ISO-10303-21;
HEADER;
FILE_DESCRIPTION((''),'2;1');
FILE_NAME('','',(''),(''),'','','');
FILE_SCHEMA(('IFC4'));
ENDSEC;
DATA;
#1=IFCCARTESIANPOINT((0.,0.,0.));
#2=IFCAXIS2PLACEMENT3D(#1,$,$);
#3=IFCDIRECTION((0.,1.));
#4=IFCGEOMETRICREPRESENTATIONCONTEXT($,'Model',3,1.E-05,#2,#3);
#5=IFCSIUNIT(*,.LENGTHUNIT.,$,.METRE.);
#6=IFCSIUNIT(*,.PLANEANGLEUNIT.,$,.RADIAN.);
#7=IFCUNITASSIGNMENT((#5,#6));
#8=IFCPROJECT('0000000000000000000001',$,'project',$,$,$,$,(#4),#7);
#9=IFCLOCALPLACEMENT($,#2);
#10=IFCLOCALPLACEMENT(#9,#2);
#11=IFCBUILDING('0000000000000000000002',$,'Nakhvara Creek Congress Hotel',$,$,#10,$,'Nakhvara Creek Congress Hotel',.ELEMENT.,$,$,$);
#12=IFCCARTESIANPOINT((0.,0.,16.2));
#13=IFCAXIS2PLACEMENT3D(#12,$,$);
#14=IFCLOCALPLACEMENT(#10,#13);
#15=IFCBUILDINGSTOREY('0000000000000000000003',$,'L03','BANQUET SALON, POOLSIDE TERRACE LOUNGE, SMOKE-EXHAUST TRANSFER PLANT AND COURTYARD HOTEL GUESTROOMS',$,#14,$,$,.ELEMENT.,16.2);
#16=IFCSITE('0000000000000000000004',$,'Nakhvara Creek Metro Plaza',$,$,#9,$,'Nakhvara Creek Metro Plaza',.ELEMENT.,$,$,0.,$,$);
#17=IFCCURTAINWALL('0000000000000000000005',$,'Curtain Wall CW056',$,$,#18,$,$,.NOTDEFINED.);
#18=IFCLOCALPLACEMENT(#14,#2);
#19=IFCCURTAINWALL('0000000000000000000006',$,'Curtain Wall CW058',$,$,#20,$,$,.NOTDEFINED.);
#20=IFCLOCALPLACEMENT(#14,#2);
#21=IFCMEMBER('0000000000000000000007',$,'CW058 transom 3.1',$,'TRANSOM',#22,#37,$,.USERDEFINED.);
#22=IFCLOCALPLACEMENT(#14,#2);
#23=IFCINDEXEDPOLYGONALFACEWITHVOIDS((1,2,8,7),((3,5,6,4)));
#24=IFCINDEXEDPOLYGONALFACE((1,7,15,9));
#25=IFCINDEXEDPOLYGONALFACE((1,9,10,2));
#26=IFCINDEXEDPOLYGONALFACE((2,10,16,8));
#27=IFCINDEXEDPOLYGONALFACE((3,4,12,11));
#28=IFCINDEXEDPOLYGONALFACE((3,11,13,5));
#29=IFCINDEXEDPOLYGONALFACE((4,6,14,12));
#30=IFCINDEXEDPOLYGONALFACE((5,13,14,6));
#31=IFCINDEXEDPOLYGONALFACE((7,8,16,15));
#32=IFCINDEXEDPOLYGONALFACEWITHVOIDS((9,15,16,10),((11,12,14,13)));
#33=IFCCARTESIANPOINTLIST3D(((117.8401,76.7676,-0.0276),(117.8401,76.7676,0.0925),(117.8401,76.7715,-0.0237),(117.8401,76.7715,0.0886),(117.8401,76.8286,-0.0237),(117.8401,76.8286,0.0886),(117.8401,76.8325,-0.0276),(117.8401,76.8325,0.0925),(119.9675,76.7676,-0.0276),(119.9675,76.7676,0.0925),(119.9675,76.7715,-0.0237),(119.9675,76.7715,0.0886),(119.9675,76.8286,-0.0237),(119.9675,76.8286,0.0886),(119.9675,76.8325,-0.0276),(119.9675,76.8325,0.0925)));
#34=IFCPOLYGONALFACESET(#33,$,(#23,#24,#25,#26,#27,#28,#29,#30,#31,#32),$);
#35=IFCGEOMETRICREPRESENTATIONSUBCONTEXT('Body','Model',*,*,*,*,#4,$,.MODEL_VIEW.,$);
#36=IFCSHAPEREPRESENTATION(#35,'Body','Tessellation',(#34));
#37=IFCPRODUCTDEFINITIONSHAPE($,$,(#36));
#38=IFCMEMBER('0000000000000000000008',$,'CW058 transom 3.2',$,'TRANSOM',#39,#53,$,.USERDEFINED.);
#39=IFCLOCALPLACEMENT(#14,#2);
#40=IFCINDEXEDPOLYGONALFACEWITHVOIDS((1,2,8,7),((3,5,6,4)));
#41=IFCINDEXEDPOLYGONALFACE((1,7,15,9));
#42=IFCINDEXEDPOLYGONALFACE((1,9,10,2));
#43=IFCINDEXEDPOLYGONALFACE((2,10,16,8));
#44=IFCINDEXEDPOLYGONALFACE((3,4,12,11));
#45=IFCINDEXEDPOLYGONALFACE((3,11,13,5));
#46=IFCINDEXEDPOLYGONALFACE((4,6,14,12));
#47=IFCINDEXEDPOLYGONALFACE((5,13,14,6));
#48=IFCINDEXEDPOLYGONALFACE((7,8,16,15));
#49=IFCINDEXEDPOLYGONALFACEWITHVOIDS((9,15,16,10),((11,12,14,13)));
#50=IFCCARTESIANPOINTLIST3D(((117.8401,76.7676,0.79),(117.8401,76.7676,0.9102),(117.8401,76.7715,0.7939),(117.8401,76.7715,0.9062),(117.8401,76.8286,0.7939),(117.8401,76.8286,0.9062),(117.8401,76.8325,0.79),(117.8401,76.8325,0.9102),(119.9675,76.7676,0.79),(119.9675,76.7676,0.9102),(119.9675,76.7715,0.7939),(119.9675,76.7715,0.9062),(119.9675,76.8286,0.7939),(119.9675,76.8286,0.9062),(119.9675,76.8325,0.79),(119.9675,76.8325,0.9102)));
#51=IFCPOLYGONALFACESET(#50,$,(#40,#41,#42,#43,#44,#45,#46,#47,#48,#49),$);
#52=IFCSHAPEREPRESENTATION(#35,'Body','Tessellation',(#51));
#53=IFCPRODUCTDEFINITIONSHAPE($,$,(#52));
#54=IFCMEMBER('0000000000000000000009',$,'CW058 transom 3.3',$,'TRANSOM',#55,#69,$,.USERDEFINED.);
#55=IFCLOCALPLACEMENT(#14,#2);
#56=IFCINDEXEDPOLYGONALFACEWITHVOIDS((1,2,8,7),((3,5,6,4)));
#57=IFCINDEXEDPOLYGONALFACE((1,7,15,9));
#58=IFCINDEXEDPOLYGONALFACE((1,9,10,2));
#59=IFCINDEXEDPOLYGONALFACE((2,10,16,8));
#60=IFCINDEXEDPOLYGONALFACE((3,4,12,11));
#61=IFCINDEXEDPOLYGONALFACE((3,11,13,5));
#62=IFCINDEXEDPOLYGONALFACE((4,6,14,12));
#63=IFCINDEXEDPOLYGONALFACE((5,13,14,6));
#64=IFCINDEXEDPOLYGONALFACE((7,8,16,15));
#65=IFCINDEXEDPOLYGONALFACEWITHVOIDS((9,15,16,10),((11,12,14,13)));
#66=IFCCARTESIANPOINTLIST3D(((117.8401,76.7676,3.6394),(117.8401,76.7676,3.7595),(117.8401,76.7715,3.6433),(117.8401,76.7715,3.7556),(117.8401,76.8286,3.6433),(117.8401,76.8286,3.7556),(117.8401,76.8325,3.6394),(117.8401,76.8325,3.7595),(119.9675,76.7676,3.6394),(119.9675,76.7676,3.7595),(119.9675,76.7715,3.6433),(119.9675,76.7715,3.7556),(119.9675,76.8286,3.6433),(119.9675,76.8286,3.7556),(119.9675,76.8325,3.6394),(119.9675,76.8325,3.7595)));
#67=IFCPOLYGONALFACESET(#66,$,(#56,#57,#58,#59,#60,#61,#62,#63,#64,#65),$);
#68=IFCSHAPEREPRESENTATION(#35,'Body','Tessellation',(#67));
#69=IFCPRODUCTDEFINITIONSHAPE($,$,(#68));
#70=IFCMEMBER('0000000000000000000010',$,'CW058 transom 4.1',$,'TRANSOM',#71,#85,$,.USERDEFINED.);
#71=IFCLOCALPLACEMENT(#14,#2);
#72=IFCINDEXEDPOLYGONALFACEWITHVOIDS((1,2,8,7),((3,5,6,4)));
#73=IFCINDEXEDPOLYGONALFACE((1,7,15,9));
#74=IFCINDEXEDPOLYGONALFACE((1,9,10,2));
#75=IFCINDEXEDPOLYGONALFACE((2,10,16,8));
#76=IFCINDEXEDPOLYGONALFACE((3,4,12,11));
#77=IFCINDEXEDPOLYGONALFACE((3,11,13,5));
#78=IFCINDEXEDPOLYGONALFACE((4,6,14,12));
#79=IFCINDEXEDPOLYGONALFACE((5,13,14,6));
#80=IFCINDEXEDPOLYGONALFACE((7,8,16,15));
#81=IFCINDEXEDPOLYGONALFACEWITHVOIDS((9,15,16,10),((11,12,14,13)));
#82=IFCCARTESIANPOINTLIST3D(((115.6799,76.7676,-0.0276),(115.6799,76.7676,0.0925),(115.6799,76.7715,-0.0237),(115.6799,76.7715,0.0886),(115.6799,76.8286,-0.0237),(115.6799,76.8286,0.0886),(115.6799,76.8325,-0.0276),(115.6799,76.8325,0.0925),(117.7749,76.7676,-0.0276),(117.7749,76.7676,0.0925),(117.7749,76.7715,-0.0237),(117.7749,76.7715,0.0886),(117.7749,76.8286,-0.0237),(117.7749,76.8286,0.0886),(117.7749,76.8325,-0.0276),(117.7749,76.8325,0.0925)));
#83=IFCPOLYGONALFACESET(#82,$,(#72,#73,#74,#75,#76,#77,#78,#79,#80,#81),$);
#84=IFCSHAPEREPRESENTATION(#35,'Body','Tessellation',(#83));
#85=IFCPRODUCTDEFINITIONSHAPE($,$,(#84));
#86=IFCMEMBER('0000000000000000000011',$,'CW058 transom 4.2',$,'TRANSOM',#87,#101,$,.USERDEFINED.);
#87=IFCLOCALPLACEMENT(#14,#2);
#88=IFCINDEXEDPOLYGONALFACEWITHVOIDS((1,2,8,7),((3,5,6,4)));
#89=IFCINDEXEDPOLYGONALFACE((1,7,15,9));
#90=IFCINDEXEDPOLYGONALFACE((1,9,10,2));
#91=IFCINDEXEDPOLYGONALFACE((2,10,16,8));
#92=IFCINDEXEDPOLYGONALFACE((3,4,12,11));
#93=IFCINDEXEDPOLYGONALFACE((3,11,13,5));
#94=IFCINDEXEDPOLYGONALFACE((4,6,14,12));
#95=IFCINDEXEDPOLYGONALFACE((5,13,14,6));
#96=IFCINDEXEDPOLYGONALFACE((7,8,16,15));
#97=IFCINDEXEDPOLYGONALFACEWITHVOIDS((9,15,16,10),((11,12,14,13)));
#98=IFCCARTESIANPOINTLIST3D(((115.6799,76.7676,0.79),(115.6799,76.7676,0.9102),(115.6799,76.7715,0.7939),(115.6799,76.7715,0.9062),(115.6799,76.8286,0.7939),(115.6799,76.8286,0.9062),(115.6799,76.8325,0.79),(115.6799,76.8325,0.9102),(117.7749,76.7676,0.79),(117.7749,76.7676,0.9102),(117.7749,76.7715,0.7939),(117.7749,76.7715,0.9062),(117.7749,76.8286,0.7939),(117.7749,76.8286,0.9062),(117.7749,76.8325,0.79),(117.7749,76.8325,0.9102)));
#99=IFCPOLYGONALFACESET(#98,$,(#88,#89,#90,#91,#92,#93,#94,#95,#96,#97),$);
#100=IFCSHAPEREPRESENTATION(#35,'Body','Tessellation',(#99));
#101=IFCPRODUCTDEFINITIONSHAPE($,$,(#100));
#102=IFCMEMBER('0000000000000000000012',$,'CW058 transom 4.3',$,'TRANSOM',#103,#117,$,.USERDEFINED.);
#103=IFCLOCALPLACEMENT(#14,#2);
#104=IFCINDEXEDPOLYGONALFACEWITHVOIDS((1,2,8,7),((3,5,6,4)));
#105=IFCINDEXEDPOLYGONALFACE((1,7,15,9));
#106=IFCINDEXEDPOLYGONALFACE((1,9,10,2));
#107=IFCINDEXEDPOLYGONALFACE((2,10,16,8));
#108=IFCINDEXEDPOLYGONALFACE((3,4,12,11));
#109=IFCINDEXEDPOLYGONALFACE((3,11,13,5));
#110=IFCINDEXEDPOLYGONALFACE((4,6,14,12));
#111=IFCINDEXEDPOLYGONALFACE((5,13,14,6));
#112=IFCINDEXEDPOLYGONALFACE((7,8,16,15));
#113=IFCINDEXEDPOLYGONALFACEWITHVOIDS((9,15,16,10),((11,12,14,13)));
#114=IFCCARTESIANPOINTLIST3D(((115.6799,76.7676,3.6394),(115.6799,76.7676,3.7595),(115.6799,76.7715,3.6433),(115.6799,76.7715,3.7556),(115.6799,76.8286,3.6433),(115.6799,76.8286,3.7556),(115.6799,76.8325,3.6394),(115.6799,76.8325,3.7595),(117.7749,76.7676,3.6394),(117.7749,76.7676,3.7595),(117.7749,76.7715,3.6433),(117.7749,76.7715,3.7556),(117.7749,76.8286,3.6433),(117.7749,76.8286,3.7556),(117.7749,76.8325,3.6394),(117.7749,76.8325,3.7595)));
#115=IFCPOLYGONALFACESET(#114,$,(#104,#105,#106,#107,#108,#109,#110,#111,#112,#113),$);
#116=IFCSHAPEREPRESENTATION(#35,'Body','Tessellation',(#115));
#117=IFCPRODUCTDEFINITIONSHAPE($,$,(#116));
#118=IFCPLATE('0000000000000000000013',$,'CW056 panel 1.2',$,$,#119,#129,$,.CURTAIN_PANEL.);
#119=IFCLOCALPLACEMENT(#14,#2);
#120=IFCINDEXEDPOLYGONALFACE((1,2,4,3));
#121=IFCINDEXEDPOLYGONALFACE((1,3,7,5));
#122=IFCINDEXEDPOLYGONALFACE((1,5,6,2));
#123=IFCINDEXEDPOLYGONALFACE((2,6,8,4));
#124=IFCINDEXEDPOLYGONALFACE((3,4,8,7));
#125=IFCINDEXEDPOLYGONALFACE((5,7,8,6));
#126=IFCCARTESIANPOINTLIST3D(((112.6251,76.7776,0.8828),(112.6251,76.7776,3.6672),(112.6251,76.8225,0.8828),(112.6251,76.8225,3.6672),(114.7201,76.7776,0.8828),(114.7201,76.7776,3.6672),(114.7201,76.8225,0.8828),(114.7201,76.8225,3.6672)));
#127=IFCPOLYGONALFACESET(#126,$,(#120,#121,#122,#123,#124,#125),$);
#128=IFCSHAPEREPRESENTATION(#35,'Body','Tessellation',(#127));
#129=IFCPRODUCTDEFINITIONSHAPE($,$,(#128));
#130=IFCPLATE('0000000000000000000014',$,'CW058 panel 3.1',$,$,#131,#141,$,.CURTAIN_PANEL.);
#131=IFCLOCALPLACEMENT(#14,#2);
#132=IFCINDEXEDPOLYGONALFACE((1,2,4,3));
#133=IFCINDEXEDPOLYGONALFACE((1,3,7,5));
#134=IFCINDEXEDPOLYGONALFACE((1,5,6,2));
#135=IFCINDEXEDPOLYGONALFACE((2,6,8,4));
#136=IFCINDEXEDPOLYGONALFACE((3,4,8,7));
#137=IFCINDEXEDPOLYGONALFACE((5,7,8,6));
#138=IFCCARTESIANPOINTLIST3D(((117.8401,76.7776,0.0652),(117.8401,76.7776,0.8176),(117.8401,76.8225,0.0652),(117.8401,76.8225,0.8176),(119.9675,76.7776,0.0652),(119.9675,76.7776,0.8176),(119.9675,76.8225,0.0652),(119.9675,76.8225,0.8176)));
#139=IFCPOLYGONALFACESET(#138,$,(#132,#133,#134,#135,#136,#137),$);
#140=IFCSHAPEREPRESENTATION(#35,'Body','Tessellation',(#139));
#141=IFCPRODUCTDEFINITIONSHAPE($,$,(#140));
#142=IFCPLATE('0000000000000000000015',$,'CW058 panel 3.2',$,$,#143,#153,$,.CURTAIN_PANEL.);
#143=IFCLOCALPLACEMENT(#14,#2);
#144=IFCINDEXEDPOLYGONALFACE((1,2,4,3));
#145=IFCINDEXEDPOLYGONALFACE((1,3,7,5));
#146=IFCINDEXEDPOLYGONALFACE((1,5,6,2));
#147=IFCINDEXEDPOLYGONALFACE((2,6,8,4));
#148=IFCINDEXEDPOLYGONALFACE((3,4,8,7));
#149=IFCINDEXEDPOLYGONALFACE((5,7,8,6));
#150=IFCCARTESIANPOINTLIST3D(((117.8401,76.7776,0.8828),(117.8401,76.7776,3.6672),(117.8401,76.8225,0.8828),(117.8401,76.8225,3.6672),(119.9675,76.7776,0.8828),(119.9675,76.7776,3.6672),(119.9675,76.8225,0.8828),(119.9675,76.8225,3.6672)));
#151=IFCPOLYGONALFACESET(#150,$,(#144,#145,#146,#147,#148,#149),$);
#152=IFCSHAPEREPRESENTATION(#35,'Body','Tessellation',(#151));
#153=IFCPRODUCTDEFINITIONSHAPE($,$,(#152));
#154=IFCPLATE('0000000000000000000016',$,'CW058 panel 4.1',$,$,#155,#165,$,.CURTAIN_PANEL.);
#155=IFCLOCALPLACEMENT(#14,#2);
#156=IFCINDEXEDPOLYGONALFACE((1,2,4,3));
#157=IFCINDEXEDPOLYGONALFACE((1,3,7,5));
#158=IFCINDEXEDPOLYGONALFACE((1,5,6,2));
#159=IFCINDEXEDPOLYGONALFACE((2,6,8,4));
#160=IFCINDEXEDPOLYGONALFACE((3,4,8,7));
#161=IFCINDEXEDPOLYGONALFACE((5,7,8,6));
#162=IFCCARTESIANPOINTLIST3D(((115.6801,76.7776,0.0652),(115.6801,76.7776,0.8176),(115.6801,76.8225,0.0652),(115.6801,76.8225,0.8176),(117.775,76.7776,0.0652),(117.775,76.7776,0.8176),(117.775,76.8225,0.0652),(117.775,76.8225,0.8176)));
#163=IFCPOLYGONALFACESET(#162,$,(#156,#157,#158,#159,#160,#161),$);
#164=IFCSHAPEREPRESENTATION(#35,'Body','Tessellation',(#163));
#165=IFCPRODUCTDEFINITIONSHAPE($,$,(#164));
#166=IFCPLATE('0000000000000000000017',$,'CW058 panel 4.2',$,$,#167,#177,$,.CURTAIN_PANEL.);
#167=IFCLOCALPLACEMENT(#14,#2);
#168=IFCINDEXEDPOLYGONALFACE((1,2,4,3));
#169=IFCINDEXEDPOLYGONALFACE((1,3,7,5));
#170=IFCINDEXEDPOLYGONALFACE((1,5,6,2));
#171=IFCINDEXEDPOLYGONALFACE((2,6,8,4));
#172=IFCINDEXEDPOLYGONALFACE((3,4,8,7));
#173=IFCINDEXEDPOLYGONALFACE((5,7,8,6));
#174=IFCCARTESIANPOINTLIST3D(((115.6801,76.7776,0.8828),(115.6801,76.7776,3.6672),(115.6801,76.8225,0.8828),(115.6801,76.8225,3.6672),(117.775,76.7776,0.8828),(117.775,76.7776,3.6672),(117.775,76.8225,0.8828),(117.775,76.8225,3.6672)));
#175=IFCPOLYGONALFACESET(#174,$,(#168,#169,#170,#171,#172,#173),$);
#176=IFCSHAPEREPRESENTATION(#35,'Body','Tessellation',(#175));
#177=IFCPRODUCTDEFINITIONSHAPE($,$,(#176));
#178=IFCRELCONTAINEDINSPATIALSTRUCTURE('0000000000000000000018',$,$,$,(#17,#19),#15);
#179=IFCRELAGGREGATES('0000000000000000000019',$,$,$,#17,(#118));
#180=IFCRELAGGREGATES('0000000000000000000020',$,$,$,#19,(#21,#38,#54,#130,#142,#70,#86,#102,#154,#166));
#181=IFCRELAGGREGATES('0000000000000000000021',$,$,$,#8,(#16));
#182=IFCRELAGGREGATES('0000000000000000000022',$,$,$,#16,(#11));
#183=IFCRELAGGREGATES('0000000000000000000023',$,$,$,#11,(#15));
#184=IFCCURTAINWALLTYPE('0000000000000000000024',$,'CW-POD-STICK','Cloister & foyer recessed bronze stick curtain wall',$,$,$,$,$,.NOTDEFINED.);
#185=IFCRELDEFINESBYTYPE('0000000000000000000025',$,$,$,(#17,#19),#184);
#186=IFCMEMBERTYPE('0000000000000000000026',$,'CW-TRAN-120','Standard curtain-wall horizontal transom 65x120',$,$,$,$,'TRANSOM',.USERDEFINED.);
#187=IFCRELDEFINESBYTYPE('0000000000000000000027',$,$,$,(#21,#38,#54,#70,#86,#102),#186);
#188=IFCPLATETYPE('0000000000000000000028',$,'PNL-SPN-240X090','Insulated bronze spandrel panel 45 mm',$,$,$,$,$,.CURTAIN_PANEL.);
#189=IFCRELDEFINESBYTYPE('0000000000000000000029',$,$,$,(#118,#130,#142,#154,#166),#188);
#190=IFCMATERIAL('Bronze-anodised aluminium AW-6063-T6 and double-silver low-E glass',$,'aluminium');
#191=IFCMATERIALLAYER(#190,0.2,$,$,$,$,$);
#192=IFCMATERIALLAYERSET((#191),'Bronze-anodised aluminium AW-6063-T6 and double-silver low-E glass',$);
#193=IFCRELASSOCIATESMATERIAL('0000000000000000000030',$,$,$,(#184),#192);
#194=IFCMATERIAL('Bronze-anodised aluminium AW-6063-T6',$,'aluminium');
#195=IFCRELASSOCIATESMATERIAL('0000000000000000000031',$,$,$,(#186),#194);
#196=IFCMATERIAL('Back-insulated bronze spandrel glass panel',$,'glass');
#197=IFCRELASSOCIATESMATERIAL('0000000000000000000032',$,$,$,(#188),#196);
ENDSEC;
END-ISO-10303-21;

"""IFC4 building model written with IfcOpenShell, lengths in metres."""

from ifc_helpers import new_model, si_unit, direction, frame, origin, origin_2d, place, context, subcontext, project, spatial, rectangle, hollow_rectangle, extrude, material, layer, layer_set, material_profile, profile_set, type_object, element, aggregate, save


model = new_model("IFC4")

# Units and contexts
model_context = context("Model", 3, precision=1e-05, world=origin(), true_north=direction((0.0, 1.0)))
body_context = subcontext(model_context, "Body", "Model", "MODEL_VIEW")
ifc_project = project(units=[si_unit("LENGTHUNIT", "METRE"), si_unit("PLANEANGLEUNIT", "RADIAN")], contexts=[model_context])

# Site, building, storey
site_placement = place(None, origin())
site = spatial("IfcSite", under=ifc_project, at=site_placement, Name="Nakhvara Creek Metro Plaza", LongName="Nakhvara Creek Metro Plaza", CompositionType="ELEMENT", RefElevation=0.0)
building_placement = place(site_placement, origin())
building = spatial("IfcBuilding", under=site, at=building_placement, Name="Nakhvara Creek Congress Hotel", LongName="Nakhvara Creek Congress Hotel", CompositionType="ELEMENT")
storey_placement = place(building_placement, frame((0.0, 0.0, 16.2)))
storey = spatial("IfcBuildingStorey", under=building, at=storey_placement, Name="L03", Description="BANQUET SALON, POOLSIDE TERRACE LOUNGE, SMOKE-EXHAUST TRANSFER PLANT AND COURTYARD HOTEL GUESTROOMS", CompositionType="ELEMENT", Elevation=16.2)

# Curtain wall
ifc_material_1 = material(Name="Bronze-anodised aluminium AW-6063-T6 and double-silver low-E glass", Category="aluminium")
ifc_layer = layer(ifc_material_1, 0.2)
ifc_layer_set = layer_set([ifc_layer], Name="Bronze-anodised aluminium AW-6063-T6 and double-silver low-E glass")
curtain_wall_type = type_object("IfcCurtainWallType", Name="CW-POD-STICK", Description="Cloister & foyer recessed bronze stick curtain wall", PredefinedType="NOTDEFINED", material=ifc_layer_set)
curtain_wall_1_placement = place(storey_placement, origin())
curtain_wall_1 = element("IfcCurtainWall", 1, at=curtain_wall_1_placement, inside=storey, type_object=curtain_wall_type, Name="Curtain Wall CW056", PredefinedType="NOTDEFINED")
ifc_material_2 = material(Name="Bronze-anodised aluminium AW-6063-T6", Category="aluminium")

# Curtain wall
curtain_wall_2_placement = place(storey_placement, origin())
curtain_wall_2 = element("IfcCurtainWall", 2, at=curtain_wall_2_placement, inside=storey, type_object=curtain_wall_type, Name="Curtain Wall CW058", PredefinedType="NOTDEFINED")

# Members
ifc_material_profile_1 = material_profile(ifc_material_2, hollow_rectangle(XDim=0.0649, YDim=0.1201, WallThickness=0.0039, at=origin_2d()), Name="ALU-TRAN 65x120x4", Category="LoadBearing")
ifc_profile_set_1 = profile_set([ifc_material_profile_1], Name="Bronze-anodised aluminium AW-6063-T6")
member_type_1 = type_object("IfcMemberType", Name="CW-TRAN-120", Description="Standard curtain-wall horizontal transom 65x120", ElementType="TRANSOM", PredefinedType="USERDEFINED", material=ifc_profile_set_1)
member_1_placement = place(storey_placement, frame((119.9675, 76.8, 0.0325), z_axis=(-1.0, 0.0, 0.0), x_axis=(0.0, -1.0, 0.0)))
member_1 = element("IfcMember", 3, at=member_1_placement, type_object=member_type_1, Name="CW058 transom 3.1", ObjectType="TRANSOM", PredefinedType="USERDEFINED", context=body_context, shape_type="SweptSolid", body=[
    extrude(hollow_rectangle(XDim=0.0649, YDim=0.1201, WallThickness=0.0039, at=origin_2d()), origin(), (0.0, 0.0, 1.0), 2.1274),
])
member_2_placement = place(storey_placement, frame((119.9675, 76.8, 0.8501), z_axis=(-1.0, 0.0, 0.0), x_axis=(0.0, -1.0, 0.0)))
member_2 = element("IfcMember", 4, at=member_2_placement, type_object=member_type_1, Name="CW058 transom 3.2", ObjectType="TRANSOM", PredefinedType="USERDEFINED", context=body_context, shape_type="SweptSolid", body=[
    extrude(hollow_rectangle(XDim=0.0649, YDim=0.1201, WallThickness=0.0039, at=origin_2d()), origin(), (0.0, 0.0, 1.0), 2.1274),
])
member_3_placement = place(storey_placement, frame((119.9675, 76.8, 3.6995), z_axis=(-1.0, 0.0, 0.0), x_axis=(0.0, -1.0, 0.0)))
member_3 = element("IfcMember", 5, at=member_3_placement, type_object=member_type_1, Name="CW058 transom 3.3", ObjectType="TRANSOM", PredefinedType="USERDEFINED", context=body_context, shape_type="SweptSolid", body=[
    extrude(hollow_rectangle(XDim=0.0649, YDim=0.1201, WallThickness=0.0039, at=origin_2d()), origin(), (0.0, 0.0, 1.0), 2.1274),
])
member_4_placement = place(storey_placement, frame((117.7749, 76.8, 0.0325), z_axis=(-1.0, 0.0, 0.0), x_axis=(0.0, -1.0, 0.0)))
member_4 = element("IfcMember", 6, at=member_4_placement, type_object=member_type_1, Name="CW058 transom 4.1", ObjectType="TRANSOM", PredefinedType="USERDEFINED", context=body_context, shape_type="SweptSolid", body=[
    extrude(hollow_rectangle(XDim=0.0649, YDim=0.1201, WallThickness=0.0039, at=origin_2d()), origin(), (0.0, 0.0, 1.0), 2.095),
])
member_5_placement = place(storey_placement, frame((117.7749, 76.8, 0.8501), z_axis=(-1.0, 0.0, 0.0), x_axis=(0.0, -1.0, 0.0)))
member_5 = element("IfcMember", 7, at=member_5_placement, type_object=member_type_1, Name="CW058 transom 4.2", ObjectType="TRANSOM", PredefinedType="USERDEFINED", context=body_context, shape_type="SweptSolid", body=[
    extrude(hollow_rectangle(XDim=0.0649, YDim=0.1201, WallThickness=0.0039, at=origin_2d()), origin(), (0.0, 0.0, 1.0), 2.095),
])
member_6_placement = place(storey_placement, frame((117.7749, 76.8, 3.6995), z_axis=(-1.0, 0.0, 0.0), x_axis=(0.0, -1.0, 0.0)))
member_6 = element("IfcMember", 8, at=member_6_placement, type_object=member_type_1, Name="CW058 transom 4.3", ObjectType="TRANSOM", PredefinedType="USERDEFINED", context=body_context, shape_type="SweptSolid", body=[
    extrude(hollow_rectangle(XDim=0.0649, YDim=0.1201, WallThickness=0.0039, at=origin_2d()), origin(), (0.0, 0.0, 1.0), 2.095),
])

# Plates
ifc_material_3 = material(Name="Back-insulated bronze spandrel glass panel", Category="glass")
plate_type = type_object("IfcPlateType", Name="PNL-SPN-240X090", Description="Insulated bronze spandrel panel 45 mm", PredefinedType="CURTAIN_PANEL", material=ifc_material_3)
plate_1_placement = place(storey_placement, frame((113.6726, 76.8, 0.8828), z_axis=(0.0, 0.0, 1.0), x_axis=(-1.0, 0.0, 0.0)))
plate_1 = element("IfcPlate", 9, at=plate_1_placement, type_object=plate_type, Name="CW056 panel 1.2", PredefinedType="CURTAIN_PANEL", context=body_context, shape_type="SweptSolid", body=[
    extrude(rectangle(XDim=2.095, YDim=0.0449, at=origin_2d()), origin(), (0.0, 0.0, 1.0), 2.7844),
])
aggregate(curtain_wall_1, [plate_1])
plate_2_placement = place(storey_placement, frame((118.9038, 76.8, 0.0652), z_axis=(0.0, 0.0, 1.0), x_axis=(-1.0, 0.0, 0.0)))
plate_2 = element("IfcPlate", 10, at=plate_2_placement, type_object=plate_type, Name="CW058 panel 3.1", PredefinedType="CURTAIN_PANEL", context=body_context, shape_type="SweptSolid", body=[
    extrude(rectangle(XDim=2.1274, YDim=0.0449, at=origin_2d()), origin(), (0.0, 0.0, 1.0), 0.7524),
])
plate_3_placement = place(storey_placement, frame((118.9038, 76.8, 0.8828), z_axis=(0.0, 0.0, 1.0), x_axis=(-1.0, 0.0, 0.0)))
plate_3 = element("IfcPlate", 11, at=plate_3_placement, type_object=plate_type, Name="CW058 panel 3.2", PredefinedType="CURTAIN_PANEL", context=body_context, shape_type="SweptSolid", body=[
    extrude(rectangle(XDim=2.1274, YDim=0.0449, at=origin_2d()), origin(), (0.0, 0.0, 1.0), 2.7844),
])
plate_4_placement = place(storey_placement, frame((116.7275, 76.8, 0.0652), z_axis=(0.0, 0.0, 1.0), x_axis=(-1.0, 0.0, 0.0)))
plate_4 = element("IfcPlate", 12, at=plate_4_placement, type_object=plate_type, Name="CW058 panel 4.1", PredefinedType="CURTAIN_PANEL", context=body_context, shape_type="SweptSolid", body=[
    extrude(rectangle(XDim=2.095, YDim=0.0449, at=origin_2d()), origin(), (0.0, 0.0, 1.0), 0.7524),
])
plate_5_placement = place(storey_placement, frame((116.7275, 76.8, 0.8828), z_axis=(0.0, 0.0, 1.0), x_axis=(-1.0, 0.0, 0.0)))
plate_5 = element("IfcPlate", 13, at=plate_5_placement, type_object=plate_type, Name="CW058 panel 4.2", PredefinedType="CURTAIN_PANEL", context=body_context, shape_type="SweptSolid", body=[
    extrude(rectangle(XDim=2.095, YDim=0.0449, at=origin_2d()), origin(), (0.0, 0.0, 1.0), 2.7844),
])
aggregate(curtain_wall_2, [member_1, member_2, member_3, plate_2, plate_3, member_4, member_5, member_6, plate_4, plate_5])

save(model, "model.ifc")
